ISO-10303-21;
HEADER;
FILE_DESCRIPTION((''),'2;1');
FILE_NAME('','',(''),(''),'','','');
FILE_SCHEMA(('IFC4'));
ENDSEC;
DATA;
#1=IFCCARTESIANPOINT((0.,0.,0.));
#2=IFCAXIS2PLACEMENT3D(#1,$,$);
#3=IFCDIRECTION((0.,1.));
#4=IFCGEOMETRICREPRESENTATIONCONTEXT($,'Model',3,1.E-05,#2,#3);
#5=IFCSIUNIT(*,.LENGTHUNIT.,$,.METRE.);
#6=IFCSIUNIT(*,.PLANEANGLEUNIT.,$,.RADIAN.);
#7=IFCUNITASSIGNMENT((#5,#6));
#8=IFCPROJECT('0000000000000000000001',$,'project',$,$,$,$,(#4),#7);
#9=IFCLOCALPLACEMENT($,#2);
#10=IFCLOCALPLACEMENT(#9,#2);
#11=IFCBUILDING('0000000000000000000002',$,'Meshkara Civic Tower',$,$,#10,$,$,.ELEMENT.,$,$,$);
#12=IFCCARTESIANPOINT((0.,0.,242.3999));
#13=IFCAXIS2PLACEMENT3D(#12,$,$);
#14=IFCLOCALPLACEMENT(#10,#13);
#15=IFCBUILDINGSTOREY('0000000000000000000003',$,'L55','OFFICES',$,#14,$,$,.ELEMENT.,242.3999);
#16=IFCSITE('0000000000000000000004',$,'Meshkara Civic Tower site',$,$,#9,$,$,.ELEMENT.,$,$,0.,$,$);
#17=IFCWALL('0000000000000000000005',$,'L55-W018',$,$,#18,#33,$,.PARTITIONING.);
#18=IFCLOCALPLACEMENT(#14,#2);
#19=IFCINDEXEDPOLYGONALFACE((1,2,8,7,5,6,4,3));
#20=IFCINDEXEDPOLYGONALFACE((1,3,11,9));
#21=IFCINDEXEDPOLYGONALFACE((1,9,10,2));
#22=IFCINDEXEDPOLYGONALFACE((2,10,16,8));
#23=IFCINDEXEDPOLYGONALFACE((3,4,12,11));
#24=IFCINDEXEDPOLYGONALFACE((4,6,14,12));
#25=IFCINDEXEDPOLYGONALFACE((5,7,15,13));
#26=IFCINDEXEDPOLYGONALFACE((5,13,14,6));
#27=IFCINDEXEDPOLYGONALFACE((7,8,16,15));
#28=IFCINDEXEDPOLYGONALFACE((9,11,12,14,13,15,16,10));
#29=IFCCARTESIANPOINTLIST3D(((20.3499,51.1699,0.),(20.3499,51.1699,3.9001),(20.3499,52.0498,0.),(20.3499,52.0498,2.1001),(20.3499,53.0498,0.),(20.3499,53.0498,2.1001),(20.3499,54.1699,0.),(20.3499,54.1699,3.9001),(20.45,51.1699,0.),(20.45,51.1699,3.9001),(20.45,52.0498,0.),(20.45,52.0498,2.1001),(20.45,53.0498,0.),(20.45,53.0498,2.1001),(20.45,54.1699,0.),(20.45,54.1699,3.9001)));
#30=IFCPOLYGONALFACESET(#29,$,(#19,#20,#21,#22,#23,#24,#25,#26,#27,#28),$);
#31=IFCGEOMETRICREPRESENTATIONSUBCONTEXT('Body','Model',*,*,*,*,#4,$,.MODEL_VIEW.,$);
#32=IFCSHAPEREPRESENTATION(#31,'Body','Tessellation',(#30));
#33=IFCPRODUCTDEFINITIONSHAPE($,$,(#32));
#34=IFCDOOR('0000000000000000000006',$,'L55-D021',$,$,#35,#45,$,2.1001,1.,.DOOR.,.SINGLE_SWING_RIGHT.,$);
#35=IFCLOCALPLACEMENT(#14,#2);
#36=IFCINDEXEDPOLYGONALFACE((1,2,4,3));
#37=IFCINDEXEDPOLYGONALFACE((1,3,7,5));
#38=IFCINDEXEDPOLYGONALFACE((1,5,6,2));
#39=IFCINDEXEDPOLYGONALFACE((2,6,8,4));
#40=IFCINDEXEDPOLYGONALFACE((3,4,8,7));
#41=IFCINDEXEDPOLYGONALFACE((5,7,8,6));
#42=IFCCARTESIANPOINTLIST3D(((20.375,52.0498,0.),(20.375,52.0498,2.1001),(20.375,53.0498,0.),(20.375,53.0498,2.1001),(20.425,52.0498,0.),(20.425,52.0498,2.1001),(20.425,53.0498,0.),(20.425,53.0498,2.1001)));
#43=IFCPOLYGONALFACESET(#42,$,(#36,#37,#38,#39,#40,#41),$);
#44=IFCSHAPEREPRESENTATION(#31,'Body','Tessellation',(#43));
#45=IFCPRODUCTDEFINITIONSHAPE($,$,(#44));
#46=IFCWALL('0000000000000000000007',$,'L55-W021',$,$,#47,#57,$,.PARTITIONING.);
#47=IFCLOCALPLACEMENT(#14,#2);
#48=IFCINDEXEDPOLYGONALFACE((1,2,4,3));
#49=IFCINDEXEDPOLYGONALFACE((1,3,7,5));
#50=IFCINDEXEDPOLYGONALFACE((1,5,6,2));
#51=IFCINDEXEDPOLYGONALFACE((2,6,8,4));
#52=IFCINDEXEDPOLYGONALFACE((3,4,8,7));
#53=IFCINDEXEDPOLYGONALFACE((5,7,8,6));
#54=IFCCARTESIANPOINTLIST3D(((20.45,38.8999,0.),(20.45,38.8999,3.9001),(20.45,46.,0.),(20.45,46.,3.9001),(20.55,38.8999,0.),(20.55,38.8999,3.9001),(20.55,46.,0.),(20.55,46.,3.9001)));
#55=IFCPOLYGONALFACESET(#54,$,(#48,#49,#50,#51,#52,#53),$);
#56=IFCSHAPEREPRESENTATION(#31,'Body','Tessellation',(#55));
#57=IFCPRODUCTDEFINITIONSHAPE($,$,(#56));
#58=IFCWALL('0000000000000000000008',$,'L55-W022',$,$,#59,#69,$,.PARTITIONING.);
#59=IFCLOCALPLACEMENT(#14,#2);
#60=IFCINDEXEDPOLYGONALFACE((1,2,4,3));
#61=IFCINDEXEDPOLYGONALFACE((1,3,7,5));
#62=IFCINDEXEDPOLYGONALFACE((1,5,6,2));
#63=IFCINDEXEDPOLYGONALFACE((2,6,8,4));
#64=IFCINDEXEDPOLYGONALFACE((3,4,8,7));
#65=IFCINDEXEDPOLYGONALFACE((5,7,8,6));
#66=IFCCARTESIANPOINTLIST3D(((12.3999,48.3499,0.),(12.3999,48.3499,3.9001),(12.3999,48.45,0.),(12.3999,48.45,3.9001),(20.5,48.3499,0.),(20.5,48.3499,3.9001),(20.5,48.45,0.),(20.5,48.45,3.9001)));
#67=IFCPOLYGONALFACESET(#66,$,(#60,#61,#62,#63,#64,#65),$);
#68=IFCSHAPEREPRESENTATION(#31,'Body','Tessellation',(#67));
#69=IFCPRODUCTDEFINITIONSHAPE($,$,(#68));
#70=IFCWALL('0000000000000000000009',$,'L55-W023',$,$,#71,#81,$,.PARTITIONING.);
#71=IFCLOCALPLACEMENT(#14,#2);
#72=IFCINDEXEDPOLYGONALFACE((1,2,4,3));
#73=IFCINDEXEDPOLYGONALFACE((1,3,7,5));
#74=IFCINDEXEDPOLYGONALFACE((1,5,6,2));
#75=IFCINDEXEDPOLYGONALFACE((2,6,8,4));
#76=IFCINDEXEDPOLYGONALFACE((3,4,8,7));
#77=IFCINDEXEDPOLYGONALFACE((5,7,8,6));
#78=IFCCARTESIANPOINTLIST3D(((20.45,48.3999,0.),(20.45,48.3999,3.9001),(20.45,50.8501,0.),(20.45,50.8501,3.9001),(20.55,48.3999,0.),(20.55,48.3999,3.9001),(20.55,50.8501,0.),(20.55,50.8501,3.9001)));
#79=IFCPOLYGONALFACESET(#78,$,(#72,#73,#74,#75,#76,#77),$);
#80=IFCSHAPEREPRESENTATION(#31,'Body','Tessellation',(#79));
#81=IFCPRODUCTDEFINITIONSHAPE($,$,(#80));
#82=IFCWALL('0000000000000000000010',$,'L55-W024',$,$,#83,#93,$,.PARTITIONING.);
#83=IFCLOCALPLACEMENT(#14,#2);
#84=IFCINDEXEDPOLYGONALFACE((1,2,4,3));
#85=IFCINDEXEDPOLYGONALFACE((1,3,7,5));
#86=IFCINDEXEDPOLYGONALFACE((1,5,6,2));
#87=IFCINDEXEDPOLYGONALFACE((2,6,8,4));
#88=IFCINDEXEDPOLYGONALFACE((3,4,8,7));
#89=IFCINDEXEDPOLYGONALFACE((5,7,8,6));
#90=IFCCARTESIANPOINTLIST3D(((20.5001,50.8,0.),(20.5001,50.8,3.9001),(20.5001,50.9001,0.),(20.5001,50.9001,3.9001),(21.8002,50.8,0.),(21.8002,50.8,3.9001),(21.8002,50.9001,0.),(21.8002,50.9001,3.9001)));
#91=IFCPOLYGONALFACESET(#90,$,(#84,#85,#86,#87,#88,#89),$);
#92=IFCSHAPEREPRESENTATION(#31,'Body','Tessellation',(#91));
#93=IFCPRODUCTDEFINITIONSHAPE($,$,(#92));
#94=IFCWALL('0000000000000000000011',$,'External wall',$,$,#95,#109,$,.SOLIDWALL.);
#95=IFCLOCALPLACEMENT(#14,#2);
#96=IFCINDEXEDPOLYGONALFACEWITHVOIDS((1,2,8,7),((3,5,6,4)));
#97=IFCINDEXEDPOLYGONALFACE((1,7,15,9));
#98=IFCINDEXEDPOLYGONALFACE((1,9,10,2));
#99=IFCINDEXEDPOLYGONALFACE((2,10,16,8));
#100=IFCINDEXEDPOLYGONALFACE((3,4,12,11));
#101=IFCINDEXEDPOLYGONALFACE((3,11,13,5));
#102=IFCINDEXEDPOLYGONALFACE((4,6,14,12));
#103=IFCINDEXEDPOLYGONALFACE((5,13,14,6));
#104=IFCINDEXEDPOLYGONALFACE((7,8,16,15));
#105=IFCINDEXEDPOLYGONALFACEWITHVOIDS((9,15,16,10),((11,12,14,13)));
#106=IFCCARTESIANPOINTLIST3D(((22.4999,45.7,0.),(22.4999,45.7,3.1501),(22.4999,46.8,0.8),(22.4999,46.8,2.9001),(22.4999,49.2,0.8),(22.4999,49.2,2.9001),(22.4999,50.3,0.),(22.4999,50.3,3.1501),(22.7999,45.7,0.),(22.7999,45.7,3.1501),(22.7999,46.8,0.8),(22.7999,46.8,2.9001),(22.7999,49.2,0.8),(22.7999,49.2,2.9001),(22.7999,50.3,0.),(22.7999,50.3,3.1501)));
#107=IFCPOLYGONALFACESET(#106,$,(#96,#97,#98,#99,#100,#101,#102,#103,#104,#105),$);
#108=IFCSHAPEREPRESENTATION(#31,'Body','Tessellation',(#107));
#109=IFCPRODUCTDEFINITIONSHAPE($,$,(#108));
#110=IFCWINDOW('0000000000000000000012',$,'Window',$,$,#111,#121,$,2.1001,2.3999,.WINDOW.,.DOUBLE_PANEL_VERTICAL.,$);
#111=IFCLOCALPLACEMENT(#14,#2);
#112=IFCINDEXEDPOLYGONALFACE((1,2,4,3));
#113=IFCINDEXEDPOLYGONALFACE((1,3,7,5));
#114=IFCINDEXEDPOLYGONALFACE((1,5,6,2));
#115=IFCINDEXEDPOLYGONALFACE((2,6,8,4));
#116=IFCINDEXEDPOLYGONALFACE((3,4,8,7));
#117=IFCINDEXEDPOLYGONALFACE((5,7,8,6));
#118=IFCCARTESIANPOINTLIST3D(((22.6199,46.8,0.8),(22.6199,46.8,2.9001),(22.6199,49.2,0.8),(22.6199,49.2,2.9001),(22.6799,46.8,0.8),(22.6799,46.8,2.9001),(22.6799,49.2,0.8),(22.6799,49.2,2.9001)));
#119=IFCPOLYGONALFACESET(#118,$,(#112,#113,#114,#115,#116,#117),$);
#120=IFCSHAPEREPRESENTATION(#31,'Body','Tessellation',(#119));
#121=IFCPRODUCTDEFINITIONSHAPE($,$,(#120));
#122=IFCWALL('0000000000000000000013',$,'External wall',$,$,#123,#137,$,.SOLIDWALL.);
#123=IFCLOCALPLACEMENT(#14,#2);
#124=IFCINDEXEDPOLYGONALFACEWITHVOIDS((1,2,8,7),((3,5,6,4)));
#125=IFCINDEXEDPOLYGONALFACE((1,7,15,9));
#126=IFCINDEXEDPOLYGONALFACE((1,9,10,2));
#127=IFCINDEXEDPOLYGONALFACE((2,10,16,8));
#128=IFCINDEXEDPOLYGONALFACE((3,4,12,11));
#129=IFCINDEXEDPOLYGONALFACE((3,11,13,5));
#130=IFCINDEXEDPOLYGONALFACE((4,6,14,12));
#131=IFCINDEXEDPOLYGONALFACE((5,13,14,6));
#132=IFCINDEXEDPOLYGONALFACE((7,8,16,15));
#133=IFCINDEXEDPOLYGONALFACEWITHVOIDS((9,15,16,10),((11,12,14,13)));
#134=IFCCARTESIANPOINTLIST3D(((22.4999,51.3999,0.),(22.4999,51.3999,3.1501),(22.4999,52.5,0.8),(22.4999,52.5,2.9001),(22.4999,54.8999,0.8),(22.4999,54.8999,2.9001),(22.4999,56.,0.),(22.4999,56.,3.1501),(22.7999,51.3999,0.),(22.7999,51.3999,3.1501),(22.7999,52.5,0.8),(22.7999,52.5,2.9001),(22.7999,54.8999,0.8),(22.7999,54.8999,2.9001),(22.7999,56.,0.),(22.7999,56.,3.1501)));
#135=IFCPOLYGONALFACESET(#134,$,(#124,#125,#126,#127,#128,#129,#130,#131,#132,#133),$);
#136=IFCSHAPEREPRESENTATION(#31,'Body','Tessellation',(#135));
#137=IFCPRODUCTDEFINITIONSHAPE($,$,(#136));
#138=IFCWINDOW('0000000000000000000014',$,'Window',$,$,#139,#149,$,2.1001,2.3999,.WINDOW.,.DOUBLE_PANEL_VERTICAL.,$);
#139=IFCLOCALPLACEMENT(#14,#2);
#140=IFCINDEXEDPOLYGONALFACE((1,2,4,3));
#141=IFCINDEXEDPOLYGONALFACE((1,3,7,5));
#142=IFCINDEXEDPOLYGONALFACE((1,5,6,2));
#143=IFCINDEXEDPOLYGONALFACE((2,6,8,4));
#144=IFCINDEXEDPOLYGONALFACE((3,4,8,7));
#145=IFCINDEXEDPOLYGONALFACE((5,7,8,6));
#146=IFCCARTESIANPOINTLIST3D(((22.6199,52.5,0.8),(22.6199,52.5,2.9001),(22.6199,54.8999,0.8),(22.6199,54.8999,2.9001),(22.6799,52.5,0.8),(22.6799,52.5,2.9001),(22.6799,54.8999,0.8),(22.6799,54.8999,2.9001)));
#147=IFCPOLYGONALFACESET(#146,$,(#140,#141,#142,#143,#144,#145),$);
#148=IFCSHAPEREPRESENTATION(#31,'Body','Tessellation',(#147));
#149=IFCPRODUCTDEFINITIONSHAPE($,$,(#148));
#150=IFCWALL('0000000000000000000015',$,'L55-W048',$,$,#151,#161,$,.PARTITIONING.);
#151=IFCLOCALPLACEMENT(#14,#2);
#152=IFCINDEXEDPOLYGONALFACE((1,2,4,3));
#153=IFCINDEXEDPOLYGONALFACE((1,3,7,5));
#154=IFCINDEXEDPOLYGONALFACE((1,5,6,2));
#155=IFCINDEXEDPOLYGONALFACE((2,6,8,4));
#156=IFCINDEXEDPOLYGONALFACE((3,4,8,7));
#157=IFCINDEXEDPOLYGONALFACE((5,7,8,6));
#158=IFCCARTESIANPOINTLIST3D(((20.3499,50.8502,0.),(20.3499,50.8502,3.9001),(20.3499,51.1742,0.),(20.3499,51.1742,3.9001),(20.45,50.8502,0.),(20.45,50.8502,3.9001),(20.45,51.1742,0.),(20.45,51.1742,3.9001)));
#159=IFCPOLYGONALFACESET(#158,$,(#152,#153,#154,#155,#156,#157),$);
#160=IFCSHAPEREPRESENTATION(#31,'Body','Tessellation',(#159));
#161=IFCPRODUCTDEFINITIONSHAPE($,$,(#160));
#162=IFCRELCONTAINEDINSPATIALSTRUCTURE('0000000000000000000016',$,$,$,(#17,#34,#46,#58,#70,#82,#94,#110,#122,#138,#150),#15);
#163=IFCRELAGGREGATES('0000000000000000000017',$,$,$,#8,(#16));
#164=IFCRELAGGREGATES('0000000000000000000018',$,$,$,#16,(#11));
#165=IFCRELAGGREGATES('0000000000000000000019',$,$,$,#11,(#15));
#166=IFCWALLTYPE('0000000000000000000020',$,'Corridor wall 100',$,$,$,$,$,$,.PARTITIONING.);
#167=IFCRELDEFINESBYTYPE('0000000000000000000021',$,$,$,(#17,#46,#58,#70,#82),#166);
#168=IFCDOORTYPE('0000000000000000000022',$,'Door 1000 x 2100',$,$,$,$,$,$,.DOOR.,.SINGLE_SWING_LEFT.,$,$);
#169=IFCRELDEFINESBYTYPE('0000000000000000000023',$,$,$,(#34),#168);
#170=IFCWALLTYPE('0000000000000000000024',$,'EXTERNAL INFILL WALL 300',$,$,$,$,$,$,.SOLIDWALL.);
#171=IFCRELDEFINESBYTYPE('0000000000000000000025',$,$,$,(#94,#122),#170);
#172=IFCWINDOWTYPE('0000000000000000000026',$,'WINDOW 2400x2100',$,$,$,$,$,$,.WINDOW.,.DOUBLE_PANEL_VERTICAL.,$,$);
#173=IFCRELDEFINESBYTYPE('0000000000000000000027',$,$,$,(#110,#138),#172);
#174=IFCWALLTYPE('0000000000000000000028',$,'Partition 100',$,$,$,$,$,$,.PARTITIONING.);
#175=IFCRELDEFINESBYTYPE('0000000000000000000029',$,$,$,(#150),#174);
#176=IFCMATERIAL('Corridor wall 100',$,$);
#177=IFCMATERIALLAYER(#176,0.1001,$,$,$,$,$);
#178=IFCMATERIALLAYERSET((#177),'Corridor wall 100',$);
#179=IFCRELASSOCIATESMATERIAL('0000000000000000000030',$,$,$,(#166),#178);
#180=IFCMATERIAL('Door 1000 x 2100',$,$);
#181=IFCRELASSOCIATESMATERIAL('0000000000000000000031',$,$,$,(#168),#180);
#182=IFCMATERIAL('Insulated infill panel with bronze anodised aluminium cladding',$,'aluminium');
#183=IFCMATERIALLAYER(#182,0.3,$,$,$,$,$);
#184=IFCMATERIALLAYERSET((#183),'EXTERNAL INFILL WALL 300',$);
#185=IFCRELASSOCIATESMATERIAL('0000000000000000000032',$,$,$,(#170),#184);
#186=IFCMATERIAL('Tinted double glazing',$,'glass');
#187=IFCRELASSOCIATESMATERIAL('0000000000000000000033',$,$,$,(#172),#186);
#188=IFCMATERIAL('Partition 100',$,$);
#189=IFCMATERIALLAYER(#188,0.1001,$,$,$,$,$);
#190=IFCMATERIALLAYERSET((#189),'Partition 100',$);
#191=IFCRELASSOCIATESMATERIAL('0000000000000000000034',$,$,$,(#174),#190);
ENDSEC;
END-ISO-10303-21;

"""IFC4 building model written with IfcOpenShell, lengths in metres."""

from ifc_helpers import new_model, si_unit, direction, frame, frame_2d, origin, place, context, subcontext, project, spatial, rectangle, extrude, material, layer, layer_set, type_object, element, fill, save


model = new_model("IFC4")

# Units and contexts
model_context = context("Model", 3, precision=1e-05, world=origin(), true_north=direction((0.0, 1.0)))
body_context = subcontext(model_context, "Body", "Model", "MODEL_VIEW")
ifc_project = project(units=[si_unit("LENGTHUNIT", "METRE"), si_unit("PLANEANGLEUNIT", "RADIAN")], contexts=[model_context])

# Site, building, storey
site_placement = place(None, origin())
site = spatial("IfcSite", under=ifc_project, at=site_placement, Name="Meshkara Civic Tower site", CompositionType="ELEMENT", RefElevation=0.0)
building_placement = place(site_placement, origin())
building = spatial("IfcBuilding", under=site, at=building_placement, Name="Meshkara Civic Tower", CompositionType="ELEMENT")
storey_placement = place(building_placement, frame((0.0, 0.0, 242.3999)))
storey = spatial("IfcBuildingStorey", under=building, at=storey_placement, Name="L55", Description="OFFICES", CompositionType="ELEMENT", Elevation=242.3999)

# Shared definitions
ifc_material_1 = material(Name="Corridor wall 100")
ifc_layer_1 = layer(ifc_material_1, 0.1001)
ifc_layer_set_1 = layer_set([ifc_layer_1], Name="Corridor wall 100")
wall_type_1 = type_object("IfcWallType", Name="Corridor wall 100", PredefinedType="PARTITIONING", material=ifc_layer_set_1)

# Shared definitions
ifc_material_2 = material(Name="Door 1000 x 2100")
door_type = type_object("IfcDoorType", Name="Door 1000 x 2100", OperationType="SINGLE_SWING_LEFT", PredefinedType="DOOR", material=ifc_material_2)

# Wall, opening, door
wall_1_placement = place(storey_placement, frame((20.3999, 51.1699, 0.0), z_axis=(0.0, 0.0, 1.0), x_axis=(0.0, 1.0, 0.0)))
wall_1 = element("IfcWall", 1, at=wall_1_placement, inside=storey, type_object=wall_type_1, Name="L55-W018", PredefinedType="PARTITIONING", context=body_context, shape_type="SweptSolid", body=[
    extrude(rectangle(XDim=3.0, YDim=0.1001, at=frame_2d((1.5, 0.0))), origin(), (0.0, 0.0, 1.0), 3.9001),
])
opening_1_placement = place(wall_1_placement, frame((0.8799, 0.0, 0.0)))
opening_1 = element("IfcOpeningElement", 2, at=opening_1_placement, cuts=wall_1, PredefinedType="OPENING", context=body_context, shape_type="SweptSolid", body=[
    extrude(rectangle(XDim=1.0, YDim=2.1001, at=frame_2d((0.5, 1.05))), frame((0.0, 0.0601, 0.0), z_axis=(0.0, -1.0, 0.0), x_axis=(1.0, 0.0, 0.0)), (0.0, 0.0, 1.0), 0.1201),
])
door_1_placement = place(opening_1_placement, origin())
door_1 = element("IfcDoor", 3, at=door_1_placement, inside=storey, type_object=door_type, Name="L55-D021", OperationType="SINGLE_SWING_RIGHT", OverallHeight=2.1001, OverallWidth=1.0, PredefinedType="DOOR", context=body_context, shape_type="SweptSolid", body=[
    extrude(rectangle(XDim=1.0, YDim=2.1001, at=frame_2d((0.5, 1.05))), frame((0.0, 0.0249, 0.0), z_axis=(0.0, -1.0, 0.0), x_axis=(1.0, 0.0, 0.0)), (0.0, 0.0, 1.0), 0.05),
])
fill(opening_1, door_1)

# Walls
wall_2_placement = place(storey_placement, frame((20.5, 46.0, 0.0), z_axis=(0.0, 0.0, 1.0), x_axis=(0.0, -1.0, 0.0)))
element("IfcWall", 4, at=wall_2_placement, inside=storey, type_object=wall_type_1, Name="L55-W021", PredefinedType="PARTITIONING", context=body_context, shape_type="SweptSolid", body=[
    extrude(rectangle(XDim=7.1001, YDim=0.1001, at=frame_2d((3.55, 0.0))), origin(), (0.0, 0.0, 1.0), 3.9001),
])
wall_3_placement = place(storey_placement, frame((20.5, 48.3999, 0.0), z_axis=(0.0, 0.0, 1.0), x_axis=(-1.0, 0.0, 0.0)))
element("IfcWall", 5, at=wall_3_placement, inside=storey, type_object=wall_type_1, Name="L55-W022", PredefinedType="PARTITIONING", context=body_context, shape_type="SweptSolid", body=[
    extrude(rectangle(XDim=8.1001, YDim=0.1001, at=frame_2d((4.05, 0.0))), origin(), (0.0, 0.0, 1.0), 3.9001),
])
wall_4_placement = place(storey_placement, frame((20.5, 50.8501, 0.0), z_axis=(0.0, 0.0, 1.0), x_axis=(0.0, -1.0, 0.0)))
element("IfcWall", 6, at=wall_4_placement, inside=storey, type_object=wall_type_1, Name="L55-W023", PredefinedType="PARTITIONING", context=body_context, shape_type="SweptSolid", body=[
    extrude(rectangle(XDim=2.4502, YDim=0.1001, at=frame_2d((1.2251, 0.0))), origin(), (0.0, 0.0, 1.0), 3.9001),
])
wall_5_placement = place(storey_placement, frame((21.8, 50.8501, 0.0), z_axis=(0.0, 0.0, 1.0), x_axis=(-1.0, 0.0, 0.0)))
element("IfcWall", 7, at=wall_5_placement, inside=storey, type_object=wall_type_1, Name="L55-W024", PredefinedType="PARTITIONING", context=body_context, shape_type="SweptSolid", body=[
    extrude(rectangle(XDim=1.3, YDim=0.1001, at=frame_2d((0.6499, 0.0))), origin(), (0.0, 0.0, 1.0), 3.9001),
])

# Walls, openings, windows
ifc_material_3 = material(Name="Insulated infill panel with bronze anodised aluminium cladding", Category="aluminium")
ifc_layer_2 = layer(ifc_material_3, 0.3)
ifc_layer_set_2 = layer_set([ifc_layer_2], Name="EXTERNAL INFILL WALL 300")
wall_type_2 = type_object("IfcWallType", Name="EXTERNAL INFILL WALL 300", PredefinedType="SOLIDWALL", material=ifc_layer_set_2)
wall_6_placement = place(storey_placement, frame((22.6499, 45.7, 0.0), z_axis=(0.0, 0.0, 1.0), x_axis=(0.0, 1.0, 0.0)))
wall_6 = element("IfcWall", 8, at=wall_6_placement, inside=storey, type_object=wall_type_2, Name="External wall", PredefinedType="SOLIDWALL", context=body_context, shape_type="SweptSolid", body=[
    extrude(rectangle(XDim=4.6001, YDim=0.3, at=frame_2d((2.3, 0.0))), origin(), (0.0, 0.0, 1.0), 3.1501),
])
opening_2_placement = place(wall_6_placement, frame((1.1001, 0.0, 0.8)))
opening_2 = element("IfcOpeningElement", 9, at=opening_2_placement, cuts=wall_6, PredefinedType="OPENING", context=body_context, shape_type="SweptSolid", body=[
    extrude(rectangle(XDim=2.3999, YDim=2.1001, at=frame_2d((1.2, 1.05))), frame((0.0, 0.1599, 0.0), z_axis=(0.0, -1.0, 0.0), x_axis=(1.0, 0.0, 0.0)), (0.0, 0.0, 1.0), 0.3201),
])
ifc_material_4 = material(Name="Tinted double glazing", Category="glass")
window_type = type_object("IfcWindowType", Name="WINDOW 2400x2100", PartitioningType="DOUBLE_PANEL_VERTICAL", PredefinedType="WINDOW", material=ifc_material_4)
window_1_placement = place(opening_2_placement, origin())
window_1 = element("IfcWindow", 10, at=window_1_placement, inside=storey, type_object=window_type, Name="Window", OverallHeight=2.1001, OverallWidth=2.3999, PartitioningType="DOUBLE_PANEL_VERTICAL", PredefinedType="WINDOW", context=body_context, shape_type="SweptSolid", body=[
    extrude(rectangle(XDim=2.3999, YDim=2.1001, at=frame_2d((1.2, 1.05))), frame((0.0, 0.03, 0.0), z_axis=(0.0, -1.0, 0.0), x_axis=(1.0, 0.0, 0.0)), (0.0, 0.0, 1.0), 0.0601),
])
fill(opening_2, window_1)
wall_7_placement = place(storey_placement, frame((22.6499, 51.3999, 0.0), z_axis=(0.0, 0.0, 1.0), x_axis=(0.0, 1.0, 0.0)))
wall_7 = element("IfcWall", 11, at=wall_7_placement, inside=storey, type_object=wall_type_2, Name="External wall", PredefinedType="SOLIDWALL", context=body_context, shape_type="SweptSolid", body=[
    extrude(rectangle(XDim=4.6001, YDim=0.3, at=frame_2d((2.3, 0.0))), origin(), (0.0, 0.0, 1.0), 3.1501),
])
opening_3_placement = place(wall_7_placement, frame((1.1001, 0.0, 0.8)))
opening_3 = element("IfcOpeningElement", 12, at=opening_3_placement, cuts=wall_7, PredefinedType="OPENING", context=body_context, shape_type="SweptSolid", body=[
    extrude(rectangle(XDim=2.3999, YDim=2.1001, at=frame_2d((1.2, 1.05))), frame((0.0, 0.1599, 0.0), z_axis=(0.0, -1.0, 0.0), x_axis=(1.0, 0.0, 0.0)), (0.0, 0.0, 1.0), 0.3201),
])
window_2_placement = place(opening_3_placement, origin())
window_2 = element("IfcWindow", 13, at=window_2_placement, inside=storey, type_object=window_type, Name="Window", OverallHeight=2.1001, OverallWidth=2.3999, PartitioningType="DOUBLE_PANEL_VERTICAL", PredefinedType="WINDOW", context=body_context, shape_type="SweptSolid", body=[
    extrude(rectangle(XDim=2.3999, YDim=2.1001, at=frame_2d((1.2, 1.05))), frame((0.0, 0.03, 0.0), z_axis=(0.0, -1.0, 0.0), x_axis=(1.0, 0.0, 0.0)), (0.0, 0.0, 1.0), 0.0601),
])
fill(opening_3, window_2)

# Wall
ifc_material_5 = material(Name="Partition 100")
ifc_layer_3 = layer(ifc_material_5, 0.1001)
ifc_layer_set_3 = layer_set([ifc_layer_3], Name="Partition 100")
wall_type_3 = type_object("IfcWallType", Name="Partition 100", PredefinedType="PARTITIONING", material=ifc_layer_set_3)
wall_8_placement = place(storey_placement, frame((20.3999, 50.8501, 0.0), z_axis=(0.0, 0.0, 1.0), x_axis=(0.0, 1.0, 0.0)))
element("IfcWall", 14, at=wall_8_placement, inside=storey, type_object=wall_type_3, Name="L55-W048", PredefinedType="PARTITIONING", context=body_context, shape_type="SweptSolid", body=[
    extrude(rectangle(XDim=0.324, YDim=0.1001, at=frame_2d((0.1621, 0.0))), origin(), (0.0, 0.0, 1.0), 3.9001),
])

save(model, "model.ifc")
